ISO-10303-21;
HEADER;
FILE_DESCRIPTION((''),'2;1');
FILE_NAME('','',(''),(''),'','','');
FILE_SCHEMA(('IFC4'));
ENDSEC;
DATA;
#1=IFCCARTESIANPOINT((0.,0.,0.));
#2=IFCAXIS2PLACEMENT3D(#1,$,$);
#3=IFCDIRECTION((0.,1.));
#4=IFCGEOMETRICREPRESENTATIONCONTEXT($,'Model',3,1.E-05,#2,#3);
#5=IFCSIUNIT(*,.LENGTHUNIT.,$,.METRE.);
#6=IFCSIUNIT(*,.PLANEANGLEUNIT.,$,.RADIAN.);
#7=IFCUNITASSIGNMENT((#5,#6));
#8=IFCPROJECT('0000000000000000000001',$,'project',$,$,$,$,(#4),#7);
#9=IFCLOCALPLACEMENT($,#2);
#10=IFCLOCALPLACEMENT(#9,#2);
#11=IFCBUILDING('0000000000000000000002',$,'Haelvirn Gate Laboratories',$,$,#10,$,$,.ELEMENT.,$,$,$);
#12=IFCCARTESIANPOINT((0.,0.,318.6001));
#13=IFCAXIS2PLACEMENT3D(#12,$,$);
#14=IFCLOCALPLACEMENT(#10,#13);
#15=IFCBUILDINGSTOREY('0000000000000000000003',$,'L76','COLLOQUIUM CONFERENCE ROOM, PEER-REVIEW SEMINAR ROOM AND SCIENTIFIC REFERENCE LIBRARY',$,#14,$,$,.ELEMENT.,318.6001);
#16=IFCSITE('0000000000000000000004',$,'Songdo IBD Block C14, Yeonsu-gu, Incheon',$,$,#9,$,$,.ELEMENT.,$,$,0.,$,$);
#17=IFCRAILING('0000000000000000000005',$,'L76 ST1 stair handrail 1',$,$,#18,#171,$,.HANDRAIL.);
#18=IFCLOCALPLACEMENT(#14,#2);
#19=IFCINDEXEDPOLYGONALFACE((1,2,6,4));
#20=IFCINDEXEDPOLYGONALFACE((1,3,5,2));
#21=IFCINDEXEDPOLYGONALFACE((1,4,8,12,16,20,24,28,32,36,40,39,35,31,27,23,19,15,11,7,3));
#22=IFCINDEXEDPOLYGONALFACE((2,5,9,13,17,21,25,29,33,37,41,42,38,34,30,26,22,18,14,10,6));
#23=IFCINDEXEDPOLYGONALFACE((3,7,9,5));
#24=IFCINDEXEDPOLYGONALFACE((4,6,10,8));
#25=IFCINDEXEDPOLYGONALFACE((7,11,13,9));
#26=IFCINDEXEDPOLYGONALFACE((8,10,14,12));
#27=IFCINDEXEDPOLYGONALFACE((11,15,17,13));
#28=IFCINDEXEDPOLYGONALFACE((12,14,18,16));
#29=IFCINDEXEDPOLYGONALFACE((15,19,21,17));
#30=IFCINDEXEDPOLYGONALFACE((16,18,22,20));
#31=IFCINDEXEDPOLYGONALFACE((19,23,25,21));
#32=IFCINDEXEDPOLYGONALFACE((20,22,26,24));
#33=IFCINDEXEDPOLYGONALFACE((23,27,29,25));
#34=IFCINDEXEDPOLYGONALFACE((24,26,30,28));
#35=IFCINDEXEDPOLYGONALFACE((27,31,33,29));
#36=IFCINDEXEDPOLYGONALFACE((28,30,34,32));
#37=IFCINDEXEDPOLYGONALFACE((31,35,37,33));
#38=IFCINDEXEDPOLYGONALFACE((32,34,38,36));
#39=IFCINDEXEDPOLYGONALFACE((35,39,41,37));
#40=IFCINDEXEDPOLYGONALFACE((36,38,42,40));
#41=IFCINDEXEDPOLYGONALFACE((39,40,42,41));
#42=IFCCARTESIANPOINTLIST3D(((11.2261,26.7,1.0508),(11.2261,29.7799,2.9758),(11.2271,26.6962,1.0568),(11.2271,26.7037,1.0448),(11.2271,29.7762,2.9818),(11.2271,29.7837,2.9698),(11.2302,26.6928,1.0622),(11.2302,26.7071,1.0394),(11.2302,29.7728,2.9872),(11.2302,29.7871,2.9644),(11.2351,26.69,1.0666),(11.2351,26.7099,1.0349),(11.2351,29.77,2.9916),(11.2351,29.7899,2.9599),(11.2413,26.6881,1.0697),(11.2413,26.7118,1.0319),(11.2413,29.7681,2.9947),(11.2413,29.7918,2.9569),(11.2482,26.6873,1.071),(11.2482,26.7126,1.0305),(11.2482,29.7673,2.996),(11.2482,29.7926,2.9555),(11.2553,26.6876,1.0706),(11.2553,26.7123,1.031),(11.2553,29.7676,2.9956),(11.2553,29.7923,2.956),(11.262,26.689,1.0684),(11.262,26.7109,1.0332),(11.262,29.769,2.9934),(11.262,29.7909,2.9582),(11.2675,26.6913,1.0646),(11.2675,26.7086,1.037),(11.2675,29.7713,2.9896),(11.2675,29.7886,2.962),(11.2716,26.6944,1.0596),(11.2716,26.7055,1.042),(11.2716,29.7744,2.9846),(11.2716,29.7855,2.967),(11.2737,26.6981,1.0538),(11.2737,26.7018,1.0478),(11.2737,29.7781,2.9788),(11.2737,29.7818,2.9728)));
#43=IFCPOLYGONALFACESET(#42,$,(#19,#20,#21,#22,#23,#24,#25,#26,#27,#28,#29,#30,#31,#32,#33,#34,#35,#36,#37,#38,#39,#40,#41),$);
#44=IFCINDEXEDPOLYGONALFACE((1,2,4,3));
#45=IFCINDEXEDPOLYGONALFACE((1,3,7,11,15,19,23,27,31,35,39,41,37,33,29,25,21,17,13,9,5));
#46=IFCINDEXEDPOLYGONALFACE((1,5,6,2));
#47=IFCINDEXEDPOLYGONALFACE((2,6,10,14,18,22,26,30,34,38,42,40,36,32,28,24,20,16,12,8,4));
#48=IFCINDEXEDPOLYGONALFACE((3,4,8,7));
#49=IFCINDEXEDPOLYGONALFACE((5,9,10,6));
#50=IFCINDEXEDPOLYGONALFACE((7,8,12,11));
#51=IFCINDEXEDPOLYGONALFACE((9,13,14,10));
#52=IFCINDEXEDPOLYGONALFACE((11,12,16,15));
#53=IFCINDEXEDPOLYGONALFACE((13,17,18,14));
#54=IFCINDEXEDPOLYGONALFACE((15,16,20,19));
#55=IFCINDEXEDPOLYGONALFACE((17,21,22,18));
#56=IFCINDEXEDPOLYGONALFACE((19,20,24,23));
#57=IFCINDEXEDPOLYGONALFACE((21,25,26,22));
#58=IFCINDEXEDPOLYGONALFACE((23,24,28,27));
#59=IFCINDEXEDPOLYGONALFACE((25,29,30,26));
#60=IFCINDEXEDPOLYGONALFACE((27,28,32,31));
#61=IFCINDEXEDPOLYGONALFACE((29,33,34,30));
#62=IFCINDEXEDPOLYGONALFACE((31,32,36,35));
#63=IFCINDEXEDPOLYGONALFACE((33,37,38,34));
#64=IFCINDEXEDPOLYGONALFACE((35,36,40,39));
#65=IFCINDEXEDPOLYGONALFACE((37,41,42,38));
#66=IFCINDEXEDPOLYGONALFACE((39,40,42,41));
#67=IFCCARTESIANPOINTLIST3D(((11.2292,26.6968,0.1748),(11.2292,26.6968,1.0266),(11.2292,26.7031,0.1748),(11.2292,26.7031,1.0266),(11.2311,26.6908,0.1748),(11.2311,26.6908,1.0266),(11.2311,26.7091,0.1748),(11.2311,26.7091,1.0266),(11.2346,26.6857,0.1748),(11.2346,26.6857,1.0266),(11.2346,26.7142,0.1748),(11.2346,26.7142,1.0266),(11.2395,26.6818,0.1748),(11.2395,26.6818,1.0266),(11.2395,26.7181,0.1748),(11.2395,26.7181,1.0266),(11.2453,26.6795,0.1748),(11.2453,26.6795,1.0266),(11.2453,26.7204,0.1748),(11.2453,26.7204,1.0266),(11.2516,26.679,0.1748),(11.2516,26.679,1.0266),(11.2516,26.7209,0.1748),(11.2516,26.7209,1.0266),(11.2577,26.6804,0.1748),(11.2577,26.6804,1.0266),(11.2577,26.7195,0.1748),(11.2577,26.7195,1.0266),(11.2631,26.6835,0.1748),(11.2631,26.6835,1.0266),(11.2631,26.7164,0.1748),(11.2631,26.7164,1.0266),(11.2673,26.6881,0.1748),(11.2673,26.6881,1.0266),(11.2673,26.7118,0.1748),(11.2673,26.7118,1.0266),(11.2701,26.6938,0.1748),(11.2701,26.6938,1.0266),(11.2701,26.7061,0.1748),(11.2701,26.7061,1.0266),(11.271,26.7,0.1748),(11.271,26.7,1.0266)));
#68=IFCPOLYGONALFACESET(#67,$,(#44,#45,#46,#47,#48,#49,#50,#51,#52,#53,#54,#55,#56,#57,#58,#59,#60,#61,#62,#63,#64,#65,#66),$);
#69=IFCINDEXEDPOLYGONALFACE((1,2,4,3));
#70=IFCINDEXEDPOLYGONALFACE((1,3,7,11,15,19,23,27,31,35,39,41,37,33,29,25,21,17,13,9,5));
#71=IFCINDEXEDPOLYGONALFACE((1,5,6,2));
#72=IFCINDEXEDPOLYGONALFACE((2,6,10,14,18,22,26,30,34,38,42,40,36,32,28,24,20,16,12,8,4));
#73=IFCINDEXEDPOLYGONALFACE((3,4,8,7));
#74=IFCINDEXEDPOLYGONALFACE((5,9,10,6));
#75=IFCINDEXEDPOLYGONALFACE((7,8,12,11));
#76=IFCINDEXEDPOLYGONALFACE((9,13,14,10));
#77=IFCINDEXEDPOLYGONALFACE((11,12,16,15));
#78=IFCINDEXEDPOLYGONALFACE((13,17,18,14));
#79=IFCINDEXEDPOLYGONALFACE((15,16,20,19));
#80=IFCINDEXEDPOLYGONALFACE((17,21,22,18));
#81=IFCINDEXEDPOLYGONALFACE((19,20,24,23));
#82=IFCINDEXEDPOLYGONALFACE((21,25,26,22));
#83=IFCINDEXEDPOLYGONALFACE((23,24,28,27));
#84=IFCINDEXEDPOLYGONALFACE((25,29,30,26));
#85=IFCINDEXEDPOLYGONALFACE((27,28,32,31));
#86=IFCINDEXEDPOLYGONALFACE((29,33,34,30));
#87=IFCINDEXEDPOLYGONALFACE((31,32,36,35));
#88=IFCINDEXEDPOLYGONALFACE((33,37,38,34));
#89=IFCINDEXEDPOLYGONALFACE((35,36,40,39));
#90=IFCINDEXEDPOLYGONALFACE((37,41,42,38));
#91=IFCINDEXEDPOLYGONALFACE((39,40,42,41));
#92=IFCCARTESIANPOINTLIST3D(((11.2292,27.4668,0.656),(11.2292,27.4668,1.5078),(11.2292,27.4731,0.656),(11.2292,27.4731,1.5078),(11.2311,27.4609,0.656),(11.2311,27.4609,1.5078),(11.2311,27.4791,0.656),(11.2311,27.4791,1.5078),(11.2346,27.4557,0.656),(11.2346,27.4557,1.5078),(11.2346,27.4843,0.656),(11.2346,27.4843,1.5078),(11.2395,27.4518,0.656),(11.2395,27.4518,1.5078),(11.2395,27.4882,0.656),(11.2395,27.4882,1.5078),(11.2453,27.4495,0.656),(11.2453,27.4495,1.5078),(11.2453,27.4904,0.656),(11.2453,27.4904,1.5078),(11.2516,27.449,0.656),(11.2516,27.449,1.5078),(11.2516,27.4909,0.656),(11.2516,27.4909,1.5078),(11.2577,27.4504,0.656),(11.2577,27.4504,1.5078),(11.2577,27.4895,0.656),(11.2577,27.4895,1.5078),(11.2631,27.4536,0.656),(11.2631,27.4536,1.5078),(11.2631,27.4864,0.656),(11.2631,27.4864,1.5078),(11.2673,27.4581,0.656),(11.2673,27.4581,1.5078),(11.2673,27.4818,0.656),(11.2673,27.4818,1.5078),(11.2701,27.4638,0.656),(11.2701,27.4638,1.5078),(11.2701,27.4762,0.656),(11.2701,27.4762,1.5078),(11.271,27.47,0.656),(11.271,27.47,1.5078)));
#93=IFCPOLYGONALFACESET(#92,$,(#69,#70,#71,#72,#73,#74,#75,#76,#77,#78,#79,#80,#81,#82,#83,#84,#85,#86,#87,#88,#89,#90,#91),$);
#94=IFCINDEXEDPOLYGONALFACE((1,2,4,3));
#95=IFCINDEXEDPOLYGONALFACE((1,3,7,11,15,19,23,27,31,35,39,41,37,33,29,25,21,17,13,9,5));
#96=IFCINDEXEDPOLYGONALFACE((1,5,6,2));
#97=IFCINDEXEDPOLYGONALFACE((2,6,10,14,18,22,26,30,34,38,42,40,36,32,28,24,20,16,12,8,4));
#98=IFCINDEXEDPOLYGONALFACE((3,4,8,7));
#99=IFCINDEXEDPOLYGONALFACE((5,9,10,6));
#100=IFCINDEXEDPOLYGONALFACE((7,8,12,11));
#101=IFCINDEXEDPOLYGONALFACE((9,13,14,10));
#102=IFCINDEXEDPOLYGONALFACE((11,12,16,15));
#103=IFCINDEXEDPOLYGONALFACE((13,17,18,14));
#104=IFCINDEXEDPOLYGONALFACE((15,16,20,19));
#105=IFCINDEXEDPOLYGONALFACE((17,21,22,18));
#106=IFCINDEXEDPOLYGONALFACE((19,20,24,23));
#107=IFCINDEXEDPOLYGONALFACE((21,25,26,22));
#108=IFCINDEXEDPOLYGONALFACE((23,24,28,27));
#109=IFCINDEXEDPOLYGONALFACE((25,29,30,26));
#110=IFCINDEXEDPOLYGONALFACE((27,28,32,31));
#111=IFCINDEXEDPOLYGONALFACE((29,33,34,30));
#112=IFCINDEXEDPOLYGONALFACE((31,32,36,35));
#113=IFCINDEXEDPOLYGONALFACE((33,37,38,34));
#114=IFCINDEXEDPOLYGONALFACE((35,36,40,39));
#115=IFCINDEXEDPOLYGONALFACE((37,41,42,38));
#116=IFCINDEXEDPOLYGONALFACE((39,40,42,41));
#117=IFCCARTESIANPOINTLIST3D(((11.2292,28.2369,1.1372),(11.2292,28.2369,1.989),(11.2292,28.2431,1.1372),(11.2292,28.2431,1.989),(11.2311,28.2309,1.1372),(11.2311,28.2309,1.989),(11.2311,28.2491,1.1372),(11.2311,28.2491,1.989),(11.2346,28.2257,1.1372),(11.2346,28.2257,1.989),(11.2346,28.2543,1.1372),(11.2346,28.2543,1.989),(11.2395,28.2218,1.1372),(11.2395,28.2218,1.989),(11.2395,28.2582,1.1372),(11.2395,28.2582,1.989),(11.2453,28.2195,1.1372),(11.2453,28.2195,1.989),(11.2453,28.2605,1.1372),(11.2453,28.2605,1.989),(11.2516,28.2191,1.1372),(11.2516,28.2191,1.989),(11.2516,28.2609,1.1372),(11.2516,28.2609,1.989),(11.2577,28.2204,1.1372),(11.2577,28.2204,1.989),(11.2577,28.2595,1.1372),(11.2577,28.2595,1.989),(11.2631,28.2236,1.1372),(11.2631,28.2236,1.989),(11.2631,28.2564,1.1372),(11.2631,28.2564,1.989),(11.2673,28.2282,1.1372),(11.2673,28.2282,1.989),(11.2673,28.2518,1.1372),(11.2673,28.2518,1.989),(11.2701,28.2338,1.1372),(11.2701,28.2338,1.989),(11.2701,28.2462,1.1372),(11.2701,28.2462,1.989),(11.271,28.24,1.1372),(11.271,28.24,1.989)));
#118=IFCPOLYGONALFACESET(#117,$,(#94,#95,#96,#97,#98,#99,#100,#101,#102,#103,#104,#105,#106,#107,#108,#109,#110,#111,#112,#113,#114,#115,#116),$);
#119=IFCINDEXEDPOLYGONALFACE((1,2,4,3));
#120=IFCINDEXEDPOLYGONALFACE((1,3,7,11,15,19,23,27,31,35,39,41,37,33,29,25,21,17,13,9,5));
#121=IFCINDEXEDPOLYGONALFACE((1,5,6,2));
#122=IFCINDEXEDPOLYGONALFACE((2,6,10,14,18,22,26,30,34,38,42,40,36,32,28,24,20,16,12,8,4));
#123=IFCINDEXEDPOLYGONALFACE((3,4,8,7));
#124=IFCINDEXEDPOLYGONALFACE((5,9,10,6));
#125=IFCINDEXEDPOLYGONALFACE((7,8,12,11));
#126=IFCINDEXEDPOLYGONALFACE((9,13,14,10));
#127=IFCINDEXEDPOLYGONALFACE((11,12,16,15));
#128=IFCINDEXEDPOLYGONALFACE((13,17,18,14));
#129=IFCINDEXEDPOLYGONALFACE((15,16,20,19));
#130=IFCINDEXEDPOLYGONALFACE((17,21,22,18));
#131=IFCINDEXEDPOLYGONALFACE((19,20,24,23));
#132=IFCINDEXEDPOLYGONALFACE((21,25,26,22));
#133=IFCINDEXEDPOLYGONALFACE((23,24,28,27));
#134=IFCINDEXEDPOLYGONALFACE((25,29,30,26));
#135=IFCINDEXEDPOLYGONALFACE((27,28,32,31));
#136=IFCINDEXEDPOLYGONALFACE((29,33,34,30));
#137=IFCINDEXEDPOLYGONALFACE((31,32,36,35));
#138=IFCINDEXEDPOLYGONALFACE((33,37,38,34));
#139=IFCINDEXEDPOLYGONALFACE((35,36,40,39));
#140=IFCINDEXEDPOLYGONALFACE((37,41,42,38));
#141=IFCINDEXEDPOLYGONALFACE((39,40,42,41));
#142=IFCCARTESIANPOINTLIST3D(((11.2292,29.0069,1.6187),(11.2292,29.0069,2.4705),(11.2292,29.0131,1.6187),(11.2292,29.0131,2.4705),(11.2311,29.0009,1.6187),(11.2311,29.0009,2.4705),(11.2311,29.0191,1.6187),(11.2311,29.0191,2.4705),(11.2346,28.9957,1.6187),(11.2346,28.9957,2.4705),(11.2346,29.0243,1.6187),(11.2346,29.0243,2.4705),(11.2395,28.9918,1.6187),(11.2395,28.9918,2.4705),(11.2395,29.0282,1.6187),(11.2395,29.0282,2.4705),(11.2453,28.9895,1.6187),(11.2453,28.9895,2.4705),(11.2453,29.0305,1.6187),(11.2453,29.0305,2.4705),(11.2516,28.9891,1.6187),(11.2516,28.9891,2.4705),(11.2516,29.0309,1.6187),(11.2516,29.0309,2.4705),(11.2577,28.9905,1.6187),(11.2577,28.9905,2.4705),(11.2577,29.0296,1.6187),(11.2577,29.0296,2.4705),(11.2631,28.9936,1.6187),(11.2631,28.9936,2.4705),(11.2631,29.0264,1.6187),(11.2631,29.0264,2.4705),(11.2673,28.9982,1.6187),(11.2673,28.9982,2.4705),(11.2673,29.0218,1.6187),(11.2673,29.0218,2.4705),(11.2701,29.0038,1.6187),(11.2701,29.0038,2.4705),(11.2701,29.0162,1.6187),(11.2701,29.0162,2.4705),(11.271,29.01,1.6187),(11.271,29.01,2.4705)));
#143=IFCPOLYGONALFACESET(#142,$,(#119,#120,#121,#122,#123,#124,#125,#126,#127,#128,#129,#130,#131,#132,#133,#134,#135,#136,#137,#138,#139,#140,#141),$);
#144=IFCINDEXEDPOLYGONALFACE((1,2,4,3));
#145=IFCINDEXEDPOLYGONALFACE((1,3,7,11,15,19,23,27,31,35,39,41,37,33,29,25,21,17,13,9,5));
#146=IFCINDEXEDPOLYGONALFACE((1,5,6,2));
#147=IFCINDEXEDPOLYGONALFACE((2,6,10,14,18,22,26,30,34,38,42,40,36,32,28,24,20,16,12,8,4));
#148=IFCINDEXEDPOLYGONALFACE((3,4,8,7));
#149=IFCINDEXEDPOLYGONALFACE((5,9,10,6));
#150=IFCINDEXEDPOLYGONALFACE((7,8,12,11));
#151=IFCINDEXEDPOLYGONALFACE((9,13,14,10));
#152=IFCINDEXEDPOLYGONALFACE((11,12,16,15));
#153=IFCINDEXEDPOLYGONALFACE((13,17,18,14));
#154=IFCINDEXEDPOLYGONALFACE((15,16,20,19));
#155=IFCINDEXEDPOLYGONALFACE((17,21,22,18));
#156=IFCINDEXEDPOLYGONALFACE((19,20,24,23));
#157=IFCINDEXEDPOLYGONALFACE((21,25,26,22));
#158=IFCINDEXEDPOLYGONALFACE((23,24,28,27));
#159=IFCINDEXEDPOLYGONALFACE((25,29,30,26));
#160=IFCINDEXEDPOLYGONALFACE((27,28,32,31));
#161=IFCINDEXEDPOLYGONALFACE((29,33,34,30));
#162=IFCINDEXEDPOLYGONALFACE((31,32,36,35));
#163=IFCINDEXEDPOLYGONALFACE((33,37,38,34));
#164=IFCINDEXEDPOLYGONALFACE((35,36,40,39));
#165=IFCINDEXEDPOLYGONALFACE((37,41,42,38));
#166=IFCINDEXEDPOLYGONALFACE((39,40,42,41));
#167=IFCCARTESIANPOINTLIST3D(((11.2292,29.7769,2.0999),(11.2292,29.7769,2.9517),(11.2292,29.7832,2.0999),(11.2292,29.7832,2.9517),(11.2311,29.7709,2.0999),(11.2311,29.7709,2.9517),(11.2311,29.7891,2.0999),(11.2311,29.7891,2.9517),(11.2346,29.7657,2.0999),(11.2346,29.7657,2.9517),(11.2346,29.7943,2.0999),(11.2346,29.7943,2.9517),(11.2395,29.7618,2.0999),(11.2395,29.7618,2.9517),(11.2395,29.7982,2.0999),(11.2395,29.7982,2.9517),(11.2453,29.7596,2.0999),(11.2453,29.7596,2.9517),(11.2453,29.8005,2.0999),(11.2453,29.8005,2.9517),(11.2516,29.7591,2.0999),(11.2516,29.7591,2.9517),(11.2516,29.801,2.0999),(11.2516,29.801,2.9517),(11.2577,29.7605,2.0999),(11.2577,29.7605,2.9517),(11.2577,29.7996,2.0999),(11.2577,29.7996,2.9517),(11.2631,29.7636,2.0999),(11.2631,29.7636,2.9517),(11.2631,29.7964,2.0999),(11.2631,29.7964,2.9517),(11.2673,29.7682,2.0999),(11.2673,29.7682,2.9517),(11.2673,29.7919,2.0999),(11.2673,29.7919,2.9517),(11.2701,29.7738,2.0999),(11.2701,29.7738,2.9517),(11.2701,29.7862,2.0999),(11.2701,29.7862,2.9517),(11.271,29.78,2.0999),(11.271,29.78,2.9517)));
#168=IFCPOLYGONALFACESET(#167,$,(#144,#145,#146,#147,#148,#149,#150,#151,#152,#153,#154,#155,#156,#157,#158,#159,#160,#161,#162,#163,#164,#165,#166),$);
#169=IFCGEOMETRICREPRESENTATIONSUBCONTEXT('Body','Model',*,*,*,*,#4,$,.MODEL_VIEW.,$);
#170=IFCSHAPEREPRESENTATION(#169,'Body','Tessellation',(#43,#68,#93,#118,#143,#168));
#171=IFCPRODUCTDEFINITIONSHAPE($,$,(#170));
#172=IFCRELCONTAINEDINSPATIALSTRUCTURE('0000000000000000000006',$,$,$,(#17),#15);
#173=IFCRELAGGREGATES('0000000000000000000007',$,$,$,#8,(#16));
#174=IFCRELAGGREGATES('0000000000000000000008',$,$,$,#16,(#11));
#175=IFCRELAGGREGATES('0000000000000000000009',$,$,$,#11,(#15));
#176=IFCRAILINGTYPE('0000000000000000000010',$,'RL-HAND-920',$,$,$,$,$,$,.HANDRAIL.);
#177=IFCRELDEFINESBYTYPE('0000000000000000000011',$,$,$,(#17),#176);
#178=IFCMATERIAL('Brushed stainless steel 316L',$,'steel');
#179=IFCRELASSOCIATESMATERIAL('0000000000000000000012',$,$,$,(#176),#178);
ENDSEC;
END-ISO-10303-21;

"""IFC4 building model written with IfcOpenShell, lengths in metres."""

from ifc_helpers import new_model, si_unit, direction, frame, origin, origin_2d, place, context, subcontext, project, spatial, circle, extrude, source, transform, mapped, material, type_object, element, save


model = new_model("IFC4")

# Units and contexts
model_context = context("Model", 3, precision=1e-05, world=origin(), true_north=direction((0.0, 1.0)))
body_context = subcontext(model_context, "Body", "Model", "MODEL_VIEW")
ifc_project = project(units=[si_unit("LENGTHUNIT", "METRE"), si_unit("PLANEANGLEUNIT", "RADIAN")], contexts=[model_context])

# Site, building, storey
site_placement = place(None, origin())
site = spatial("IfcSite", under=ifc_project, at=site_placement, Name="Songdo IBD Block C14, Yeonsu-gu, Incheon", CompositionType="ELEMENT", RefElevation=0.0)
building_placement = place(site_placement, origin())
building = spatial("IfcBuilding", under=site, at=building_placement, Name="Haelvirn Gate Laboratories", CompositionType="ELEMENT")
storey_placement = place(building_placement, frame((0.0, 0.0, 318.6001)))
storey = spatial("IfcBuildingStorey", under=building, at=storey_placement, Name="L76", Description="COLLOQUIUM CONFERENCE ROOM, PEER-REVIEW SEMINAR ROOM AND SCIENTIFIC REFERENCE LIBRARY", CompositionType="ELEMENT", Elevation=318.6001)

# Railing
ifc_material_1 = material(Name="Brushed stainless steel 316L", Category="steel")
railing_type_1 = type_object("IfcRailingType", Name="RL-HAND-920", PredefinedType="HANDRAIL", material=ifc_material_1)
shared_shape_1 = source(origin(), body_context, "Body", "SweptSolid", [
    extrude(circle(Radius=0.0239, at=origin_2d()), frame((0.0, 0.0, 0.876), z_axis=(0.0, 0.847998, 0.529999), x_axis=(-1.0, 0.0, 0.0)), (0.0, 0.0, 1.0), 3.6321),
    extrude(circle(Radius=0.021, at=origin_2d()), origin(), (0.0, 0.0, 1.0), 0.8518),
    extrude(circle(Radius=0.021, at=origin_2d()), frame((0.0, 0.77, 0.4812)), (0.0, 0.0, 1.0), 0.8518),
    extrude(circle(Radius=0.021, at=origin_2d()), frame((0.0, 1.54, 0.9624)), (0.0, 0.0, 1.0), 0.8518),
    extrude(circle(Radius=0.021, at=origin_2d()), frame((0.0, 2.3101, 1.4438)), (0.0, 0.0, 1.0), 0.8518),
    extrude(circle(Radius=0.021, at=origin_2d()), frame((0.0, 3.0801, 1.925)), (0.0, 0.0, 1.0), 0.8518),
])
railing_1_placement = place(storey_placement, frame((11.25, 26.7, 0.1748)))
element("IfcRailing", 1, at=railing_1_placement, inside=storey, type_object=railing_type_1, Name="L76 ST1 stair handrail 1", PredefinedType="HANDRAIL", context=body_context, shape_type="MappedRepresentation", body=[
    mapped(shared_shape_1, transform((0.0, 0.0, 0.0), scale=1.0)),
])

save(model, "model.ifc")
